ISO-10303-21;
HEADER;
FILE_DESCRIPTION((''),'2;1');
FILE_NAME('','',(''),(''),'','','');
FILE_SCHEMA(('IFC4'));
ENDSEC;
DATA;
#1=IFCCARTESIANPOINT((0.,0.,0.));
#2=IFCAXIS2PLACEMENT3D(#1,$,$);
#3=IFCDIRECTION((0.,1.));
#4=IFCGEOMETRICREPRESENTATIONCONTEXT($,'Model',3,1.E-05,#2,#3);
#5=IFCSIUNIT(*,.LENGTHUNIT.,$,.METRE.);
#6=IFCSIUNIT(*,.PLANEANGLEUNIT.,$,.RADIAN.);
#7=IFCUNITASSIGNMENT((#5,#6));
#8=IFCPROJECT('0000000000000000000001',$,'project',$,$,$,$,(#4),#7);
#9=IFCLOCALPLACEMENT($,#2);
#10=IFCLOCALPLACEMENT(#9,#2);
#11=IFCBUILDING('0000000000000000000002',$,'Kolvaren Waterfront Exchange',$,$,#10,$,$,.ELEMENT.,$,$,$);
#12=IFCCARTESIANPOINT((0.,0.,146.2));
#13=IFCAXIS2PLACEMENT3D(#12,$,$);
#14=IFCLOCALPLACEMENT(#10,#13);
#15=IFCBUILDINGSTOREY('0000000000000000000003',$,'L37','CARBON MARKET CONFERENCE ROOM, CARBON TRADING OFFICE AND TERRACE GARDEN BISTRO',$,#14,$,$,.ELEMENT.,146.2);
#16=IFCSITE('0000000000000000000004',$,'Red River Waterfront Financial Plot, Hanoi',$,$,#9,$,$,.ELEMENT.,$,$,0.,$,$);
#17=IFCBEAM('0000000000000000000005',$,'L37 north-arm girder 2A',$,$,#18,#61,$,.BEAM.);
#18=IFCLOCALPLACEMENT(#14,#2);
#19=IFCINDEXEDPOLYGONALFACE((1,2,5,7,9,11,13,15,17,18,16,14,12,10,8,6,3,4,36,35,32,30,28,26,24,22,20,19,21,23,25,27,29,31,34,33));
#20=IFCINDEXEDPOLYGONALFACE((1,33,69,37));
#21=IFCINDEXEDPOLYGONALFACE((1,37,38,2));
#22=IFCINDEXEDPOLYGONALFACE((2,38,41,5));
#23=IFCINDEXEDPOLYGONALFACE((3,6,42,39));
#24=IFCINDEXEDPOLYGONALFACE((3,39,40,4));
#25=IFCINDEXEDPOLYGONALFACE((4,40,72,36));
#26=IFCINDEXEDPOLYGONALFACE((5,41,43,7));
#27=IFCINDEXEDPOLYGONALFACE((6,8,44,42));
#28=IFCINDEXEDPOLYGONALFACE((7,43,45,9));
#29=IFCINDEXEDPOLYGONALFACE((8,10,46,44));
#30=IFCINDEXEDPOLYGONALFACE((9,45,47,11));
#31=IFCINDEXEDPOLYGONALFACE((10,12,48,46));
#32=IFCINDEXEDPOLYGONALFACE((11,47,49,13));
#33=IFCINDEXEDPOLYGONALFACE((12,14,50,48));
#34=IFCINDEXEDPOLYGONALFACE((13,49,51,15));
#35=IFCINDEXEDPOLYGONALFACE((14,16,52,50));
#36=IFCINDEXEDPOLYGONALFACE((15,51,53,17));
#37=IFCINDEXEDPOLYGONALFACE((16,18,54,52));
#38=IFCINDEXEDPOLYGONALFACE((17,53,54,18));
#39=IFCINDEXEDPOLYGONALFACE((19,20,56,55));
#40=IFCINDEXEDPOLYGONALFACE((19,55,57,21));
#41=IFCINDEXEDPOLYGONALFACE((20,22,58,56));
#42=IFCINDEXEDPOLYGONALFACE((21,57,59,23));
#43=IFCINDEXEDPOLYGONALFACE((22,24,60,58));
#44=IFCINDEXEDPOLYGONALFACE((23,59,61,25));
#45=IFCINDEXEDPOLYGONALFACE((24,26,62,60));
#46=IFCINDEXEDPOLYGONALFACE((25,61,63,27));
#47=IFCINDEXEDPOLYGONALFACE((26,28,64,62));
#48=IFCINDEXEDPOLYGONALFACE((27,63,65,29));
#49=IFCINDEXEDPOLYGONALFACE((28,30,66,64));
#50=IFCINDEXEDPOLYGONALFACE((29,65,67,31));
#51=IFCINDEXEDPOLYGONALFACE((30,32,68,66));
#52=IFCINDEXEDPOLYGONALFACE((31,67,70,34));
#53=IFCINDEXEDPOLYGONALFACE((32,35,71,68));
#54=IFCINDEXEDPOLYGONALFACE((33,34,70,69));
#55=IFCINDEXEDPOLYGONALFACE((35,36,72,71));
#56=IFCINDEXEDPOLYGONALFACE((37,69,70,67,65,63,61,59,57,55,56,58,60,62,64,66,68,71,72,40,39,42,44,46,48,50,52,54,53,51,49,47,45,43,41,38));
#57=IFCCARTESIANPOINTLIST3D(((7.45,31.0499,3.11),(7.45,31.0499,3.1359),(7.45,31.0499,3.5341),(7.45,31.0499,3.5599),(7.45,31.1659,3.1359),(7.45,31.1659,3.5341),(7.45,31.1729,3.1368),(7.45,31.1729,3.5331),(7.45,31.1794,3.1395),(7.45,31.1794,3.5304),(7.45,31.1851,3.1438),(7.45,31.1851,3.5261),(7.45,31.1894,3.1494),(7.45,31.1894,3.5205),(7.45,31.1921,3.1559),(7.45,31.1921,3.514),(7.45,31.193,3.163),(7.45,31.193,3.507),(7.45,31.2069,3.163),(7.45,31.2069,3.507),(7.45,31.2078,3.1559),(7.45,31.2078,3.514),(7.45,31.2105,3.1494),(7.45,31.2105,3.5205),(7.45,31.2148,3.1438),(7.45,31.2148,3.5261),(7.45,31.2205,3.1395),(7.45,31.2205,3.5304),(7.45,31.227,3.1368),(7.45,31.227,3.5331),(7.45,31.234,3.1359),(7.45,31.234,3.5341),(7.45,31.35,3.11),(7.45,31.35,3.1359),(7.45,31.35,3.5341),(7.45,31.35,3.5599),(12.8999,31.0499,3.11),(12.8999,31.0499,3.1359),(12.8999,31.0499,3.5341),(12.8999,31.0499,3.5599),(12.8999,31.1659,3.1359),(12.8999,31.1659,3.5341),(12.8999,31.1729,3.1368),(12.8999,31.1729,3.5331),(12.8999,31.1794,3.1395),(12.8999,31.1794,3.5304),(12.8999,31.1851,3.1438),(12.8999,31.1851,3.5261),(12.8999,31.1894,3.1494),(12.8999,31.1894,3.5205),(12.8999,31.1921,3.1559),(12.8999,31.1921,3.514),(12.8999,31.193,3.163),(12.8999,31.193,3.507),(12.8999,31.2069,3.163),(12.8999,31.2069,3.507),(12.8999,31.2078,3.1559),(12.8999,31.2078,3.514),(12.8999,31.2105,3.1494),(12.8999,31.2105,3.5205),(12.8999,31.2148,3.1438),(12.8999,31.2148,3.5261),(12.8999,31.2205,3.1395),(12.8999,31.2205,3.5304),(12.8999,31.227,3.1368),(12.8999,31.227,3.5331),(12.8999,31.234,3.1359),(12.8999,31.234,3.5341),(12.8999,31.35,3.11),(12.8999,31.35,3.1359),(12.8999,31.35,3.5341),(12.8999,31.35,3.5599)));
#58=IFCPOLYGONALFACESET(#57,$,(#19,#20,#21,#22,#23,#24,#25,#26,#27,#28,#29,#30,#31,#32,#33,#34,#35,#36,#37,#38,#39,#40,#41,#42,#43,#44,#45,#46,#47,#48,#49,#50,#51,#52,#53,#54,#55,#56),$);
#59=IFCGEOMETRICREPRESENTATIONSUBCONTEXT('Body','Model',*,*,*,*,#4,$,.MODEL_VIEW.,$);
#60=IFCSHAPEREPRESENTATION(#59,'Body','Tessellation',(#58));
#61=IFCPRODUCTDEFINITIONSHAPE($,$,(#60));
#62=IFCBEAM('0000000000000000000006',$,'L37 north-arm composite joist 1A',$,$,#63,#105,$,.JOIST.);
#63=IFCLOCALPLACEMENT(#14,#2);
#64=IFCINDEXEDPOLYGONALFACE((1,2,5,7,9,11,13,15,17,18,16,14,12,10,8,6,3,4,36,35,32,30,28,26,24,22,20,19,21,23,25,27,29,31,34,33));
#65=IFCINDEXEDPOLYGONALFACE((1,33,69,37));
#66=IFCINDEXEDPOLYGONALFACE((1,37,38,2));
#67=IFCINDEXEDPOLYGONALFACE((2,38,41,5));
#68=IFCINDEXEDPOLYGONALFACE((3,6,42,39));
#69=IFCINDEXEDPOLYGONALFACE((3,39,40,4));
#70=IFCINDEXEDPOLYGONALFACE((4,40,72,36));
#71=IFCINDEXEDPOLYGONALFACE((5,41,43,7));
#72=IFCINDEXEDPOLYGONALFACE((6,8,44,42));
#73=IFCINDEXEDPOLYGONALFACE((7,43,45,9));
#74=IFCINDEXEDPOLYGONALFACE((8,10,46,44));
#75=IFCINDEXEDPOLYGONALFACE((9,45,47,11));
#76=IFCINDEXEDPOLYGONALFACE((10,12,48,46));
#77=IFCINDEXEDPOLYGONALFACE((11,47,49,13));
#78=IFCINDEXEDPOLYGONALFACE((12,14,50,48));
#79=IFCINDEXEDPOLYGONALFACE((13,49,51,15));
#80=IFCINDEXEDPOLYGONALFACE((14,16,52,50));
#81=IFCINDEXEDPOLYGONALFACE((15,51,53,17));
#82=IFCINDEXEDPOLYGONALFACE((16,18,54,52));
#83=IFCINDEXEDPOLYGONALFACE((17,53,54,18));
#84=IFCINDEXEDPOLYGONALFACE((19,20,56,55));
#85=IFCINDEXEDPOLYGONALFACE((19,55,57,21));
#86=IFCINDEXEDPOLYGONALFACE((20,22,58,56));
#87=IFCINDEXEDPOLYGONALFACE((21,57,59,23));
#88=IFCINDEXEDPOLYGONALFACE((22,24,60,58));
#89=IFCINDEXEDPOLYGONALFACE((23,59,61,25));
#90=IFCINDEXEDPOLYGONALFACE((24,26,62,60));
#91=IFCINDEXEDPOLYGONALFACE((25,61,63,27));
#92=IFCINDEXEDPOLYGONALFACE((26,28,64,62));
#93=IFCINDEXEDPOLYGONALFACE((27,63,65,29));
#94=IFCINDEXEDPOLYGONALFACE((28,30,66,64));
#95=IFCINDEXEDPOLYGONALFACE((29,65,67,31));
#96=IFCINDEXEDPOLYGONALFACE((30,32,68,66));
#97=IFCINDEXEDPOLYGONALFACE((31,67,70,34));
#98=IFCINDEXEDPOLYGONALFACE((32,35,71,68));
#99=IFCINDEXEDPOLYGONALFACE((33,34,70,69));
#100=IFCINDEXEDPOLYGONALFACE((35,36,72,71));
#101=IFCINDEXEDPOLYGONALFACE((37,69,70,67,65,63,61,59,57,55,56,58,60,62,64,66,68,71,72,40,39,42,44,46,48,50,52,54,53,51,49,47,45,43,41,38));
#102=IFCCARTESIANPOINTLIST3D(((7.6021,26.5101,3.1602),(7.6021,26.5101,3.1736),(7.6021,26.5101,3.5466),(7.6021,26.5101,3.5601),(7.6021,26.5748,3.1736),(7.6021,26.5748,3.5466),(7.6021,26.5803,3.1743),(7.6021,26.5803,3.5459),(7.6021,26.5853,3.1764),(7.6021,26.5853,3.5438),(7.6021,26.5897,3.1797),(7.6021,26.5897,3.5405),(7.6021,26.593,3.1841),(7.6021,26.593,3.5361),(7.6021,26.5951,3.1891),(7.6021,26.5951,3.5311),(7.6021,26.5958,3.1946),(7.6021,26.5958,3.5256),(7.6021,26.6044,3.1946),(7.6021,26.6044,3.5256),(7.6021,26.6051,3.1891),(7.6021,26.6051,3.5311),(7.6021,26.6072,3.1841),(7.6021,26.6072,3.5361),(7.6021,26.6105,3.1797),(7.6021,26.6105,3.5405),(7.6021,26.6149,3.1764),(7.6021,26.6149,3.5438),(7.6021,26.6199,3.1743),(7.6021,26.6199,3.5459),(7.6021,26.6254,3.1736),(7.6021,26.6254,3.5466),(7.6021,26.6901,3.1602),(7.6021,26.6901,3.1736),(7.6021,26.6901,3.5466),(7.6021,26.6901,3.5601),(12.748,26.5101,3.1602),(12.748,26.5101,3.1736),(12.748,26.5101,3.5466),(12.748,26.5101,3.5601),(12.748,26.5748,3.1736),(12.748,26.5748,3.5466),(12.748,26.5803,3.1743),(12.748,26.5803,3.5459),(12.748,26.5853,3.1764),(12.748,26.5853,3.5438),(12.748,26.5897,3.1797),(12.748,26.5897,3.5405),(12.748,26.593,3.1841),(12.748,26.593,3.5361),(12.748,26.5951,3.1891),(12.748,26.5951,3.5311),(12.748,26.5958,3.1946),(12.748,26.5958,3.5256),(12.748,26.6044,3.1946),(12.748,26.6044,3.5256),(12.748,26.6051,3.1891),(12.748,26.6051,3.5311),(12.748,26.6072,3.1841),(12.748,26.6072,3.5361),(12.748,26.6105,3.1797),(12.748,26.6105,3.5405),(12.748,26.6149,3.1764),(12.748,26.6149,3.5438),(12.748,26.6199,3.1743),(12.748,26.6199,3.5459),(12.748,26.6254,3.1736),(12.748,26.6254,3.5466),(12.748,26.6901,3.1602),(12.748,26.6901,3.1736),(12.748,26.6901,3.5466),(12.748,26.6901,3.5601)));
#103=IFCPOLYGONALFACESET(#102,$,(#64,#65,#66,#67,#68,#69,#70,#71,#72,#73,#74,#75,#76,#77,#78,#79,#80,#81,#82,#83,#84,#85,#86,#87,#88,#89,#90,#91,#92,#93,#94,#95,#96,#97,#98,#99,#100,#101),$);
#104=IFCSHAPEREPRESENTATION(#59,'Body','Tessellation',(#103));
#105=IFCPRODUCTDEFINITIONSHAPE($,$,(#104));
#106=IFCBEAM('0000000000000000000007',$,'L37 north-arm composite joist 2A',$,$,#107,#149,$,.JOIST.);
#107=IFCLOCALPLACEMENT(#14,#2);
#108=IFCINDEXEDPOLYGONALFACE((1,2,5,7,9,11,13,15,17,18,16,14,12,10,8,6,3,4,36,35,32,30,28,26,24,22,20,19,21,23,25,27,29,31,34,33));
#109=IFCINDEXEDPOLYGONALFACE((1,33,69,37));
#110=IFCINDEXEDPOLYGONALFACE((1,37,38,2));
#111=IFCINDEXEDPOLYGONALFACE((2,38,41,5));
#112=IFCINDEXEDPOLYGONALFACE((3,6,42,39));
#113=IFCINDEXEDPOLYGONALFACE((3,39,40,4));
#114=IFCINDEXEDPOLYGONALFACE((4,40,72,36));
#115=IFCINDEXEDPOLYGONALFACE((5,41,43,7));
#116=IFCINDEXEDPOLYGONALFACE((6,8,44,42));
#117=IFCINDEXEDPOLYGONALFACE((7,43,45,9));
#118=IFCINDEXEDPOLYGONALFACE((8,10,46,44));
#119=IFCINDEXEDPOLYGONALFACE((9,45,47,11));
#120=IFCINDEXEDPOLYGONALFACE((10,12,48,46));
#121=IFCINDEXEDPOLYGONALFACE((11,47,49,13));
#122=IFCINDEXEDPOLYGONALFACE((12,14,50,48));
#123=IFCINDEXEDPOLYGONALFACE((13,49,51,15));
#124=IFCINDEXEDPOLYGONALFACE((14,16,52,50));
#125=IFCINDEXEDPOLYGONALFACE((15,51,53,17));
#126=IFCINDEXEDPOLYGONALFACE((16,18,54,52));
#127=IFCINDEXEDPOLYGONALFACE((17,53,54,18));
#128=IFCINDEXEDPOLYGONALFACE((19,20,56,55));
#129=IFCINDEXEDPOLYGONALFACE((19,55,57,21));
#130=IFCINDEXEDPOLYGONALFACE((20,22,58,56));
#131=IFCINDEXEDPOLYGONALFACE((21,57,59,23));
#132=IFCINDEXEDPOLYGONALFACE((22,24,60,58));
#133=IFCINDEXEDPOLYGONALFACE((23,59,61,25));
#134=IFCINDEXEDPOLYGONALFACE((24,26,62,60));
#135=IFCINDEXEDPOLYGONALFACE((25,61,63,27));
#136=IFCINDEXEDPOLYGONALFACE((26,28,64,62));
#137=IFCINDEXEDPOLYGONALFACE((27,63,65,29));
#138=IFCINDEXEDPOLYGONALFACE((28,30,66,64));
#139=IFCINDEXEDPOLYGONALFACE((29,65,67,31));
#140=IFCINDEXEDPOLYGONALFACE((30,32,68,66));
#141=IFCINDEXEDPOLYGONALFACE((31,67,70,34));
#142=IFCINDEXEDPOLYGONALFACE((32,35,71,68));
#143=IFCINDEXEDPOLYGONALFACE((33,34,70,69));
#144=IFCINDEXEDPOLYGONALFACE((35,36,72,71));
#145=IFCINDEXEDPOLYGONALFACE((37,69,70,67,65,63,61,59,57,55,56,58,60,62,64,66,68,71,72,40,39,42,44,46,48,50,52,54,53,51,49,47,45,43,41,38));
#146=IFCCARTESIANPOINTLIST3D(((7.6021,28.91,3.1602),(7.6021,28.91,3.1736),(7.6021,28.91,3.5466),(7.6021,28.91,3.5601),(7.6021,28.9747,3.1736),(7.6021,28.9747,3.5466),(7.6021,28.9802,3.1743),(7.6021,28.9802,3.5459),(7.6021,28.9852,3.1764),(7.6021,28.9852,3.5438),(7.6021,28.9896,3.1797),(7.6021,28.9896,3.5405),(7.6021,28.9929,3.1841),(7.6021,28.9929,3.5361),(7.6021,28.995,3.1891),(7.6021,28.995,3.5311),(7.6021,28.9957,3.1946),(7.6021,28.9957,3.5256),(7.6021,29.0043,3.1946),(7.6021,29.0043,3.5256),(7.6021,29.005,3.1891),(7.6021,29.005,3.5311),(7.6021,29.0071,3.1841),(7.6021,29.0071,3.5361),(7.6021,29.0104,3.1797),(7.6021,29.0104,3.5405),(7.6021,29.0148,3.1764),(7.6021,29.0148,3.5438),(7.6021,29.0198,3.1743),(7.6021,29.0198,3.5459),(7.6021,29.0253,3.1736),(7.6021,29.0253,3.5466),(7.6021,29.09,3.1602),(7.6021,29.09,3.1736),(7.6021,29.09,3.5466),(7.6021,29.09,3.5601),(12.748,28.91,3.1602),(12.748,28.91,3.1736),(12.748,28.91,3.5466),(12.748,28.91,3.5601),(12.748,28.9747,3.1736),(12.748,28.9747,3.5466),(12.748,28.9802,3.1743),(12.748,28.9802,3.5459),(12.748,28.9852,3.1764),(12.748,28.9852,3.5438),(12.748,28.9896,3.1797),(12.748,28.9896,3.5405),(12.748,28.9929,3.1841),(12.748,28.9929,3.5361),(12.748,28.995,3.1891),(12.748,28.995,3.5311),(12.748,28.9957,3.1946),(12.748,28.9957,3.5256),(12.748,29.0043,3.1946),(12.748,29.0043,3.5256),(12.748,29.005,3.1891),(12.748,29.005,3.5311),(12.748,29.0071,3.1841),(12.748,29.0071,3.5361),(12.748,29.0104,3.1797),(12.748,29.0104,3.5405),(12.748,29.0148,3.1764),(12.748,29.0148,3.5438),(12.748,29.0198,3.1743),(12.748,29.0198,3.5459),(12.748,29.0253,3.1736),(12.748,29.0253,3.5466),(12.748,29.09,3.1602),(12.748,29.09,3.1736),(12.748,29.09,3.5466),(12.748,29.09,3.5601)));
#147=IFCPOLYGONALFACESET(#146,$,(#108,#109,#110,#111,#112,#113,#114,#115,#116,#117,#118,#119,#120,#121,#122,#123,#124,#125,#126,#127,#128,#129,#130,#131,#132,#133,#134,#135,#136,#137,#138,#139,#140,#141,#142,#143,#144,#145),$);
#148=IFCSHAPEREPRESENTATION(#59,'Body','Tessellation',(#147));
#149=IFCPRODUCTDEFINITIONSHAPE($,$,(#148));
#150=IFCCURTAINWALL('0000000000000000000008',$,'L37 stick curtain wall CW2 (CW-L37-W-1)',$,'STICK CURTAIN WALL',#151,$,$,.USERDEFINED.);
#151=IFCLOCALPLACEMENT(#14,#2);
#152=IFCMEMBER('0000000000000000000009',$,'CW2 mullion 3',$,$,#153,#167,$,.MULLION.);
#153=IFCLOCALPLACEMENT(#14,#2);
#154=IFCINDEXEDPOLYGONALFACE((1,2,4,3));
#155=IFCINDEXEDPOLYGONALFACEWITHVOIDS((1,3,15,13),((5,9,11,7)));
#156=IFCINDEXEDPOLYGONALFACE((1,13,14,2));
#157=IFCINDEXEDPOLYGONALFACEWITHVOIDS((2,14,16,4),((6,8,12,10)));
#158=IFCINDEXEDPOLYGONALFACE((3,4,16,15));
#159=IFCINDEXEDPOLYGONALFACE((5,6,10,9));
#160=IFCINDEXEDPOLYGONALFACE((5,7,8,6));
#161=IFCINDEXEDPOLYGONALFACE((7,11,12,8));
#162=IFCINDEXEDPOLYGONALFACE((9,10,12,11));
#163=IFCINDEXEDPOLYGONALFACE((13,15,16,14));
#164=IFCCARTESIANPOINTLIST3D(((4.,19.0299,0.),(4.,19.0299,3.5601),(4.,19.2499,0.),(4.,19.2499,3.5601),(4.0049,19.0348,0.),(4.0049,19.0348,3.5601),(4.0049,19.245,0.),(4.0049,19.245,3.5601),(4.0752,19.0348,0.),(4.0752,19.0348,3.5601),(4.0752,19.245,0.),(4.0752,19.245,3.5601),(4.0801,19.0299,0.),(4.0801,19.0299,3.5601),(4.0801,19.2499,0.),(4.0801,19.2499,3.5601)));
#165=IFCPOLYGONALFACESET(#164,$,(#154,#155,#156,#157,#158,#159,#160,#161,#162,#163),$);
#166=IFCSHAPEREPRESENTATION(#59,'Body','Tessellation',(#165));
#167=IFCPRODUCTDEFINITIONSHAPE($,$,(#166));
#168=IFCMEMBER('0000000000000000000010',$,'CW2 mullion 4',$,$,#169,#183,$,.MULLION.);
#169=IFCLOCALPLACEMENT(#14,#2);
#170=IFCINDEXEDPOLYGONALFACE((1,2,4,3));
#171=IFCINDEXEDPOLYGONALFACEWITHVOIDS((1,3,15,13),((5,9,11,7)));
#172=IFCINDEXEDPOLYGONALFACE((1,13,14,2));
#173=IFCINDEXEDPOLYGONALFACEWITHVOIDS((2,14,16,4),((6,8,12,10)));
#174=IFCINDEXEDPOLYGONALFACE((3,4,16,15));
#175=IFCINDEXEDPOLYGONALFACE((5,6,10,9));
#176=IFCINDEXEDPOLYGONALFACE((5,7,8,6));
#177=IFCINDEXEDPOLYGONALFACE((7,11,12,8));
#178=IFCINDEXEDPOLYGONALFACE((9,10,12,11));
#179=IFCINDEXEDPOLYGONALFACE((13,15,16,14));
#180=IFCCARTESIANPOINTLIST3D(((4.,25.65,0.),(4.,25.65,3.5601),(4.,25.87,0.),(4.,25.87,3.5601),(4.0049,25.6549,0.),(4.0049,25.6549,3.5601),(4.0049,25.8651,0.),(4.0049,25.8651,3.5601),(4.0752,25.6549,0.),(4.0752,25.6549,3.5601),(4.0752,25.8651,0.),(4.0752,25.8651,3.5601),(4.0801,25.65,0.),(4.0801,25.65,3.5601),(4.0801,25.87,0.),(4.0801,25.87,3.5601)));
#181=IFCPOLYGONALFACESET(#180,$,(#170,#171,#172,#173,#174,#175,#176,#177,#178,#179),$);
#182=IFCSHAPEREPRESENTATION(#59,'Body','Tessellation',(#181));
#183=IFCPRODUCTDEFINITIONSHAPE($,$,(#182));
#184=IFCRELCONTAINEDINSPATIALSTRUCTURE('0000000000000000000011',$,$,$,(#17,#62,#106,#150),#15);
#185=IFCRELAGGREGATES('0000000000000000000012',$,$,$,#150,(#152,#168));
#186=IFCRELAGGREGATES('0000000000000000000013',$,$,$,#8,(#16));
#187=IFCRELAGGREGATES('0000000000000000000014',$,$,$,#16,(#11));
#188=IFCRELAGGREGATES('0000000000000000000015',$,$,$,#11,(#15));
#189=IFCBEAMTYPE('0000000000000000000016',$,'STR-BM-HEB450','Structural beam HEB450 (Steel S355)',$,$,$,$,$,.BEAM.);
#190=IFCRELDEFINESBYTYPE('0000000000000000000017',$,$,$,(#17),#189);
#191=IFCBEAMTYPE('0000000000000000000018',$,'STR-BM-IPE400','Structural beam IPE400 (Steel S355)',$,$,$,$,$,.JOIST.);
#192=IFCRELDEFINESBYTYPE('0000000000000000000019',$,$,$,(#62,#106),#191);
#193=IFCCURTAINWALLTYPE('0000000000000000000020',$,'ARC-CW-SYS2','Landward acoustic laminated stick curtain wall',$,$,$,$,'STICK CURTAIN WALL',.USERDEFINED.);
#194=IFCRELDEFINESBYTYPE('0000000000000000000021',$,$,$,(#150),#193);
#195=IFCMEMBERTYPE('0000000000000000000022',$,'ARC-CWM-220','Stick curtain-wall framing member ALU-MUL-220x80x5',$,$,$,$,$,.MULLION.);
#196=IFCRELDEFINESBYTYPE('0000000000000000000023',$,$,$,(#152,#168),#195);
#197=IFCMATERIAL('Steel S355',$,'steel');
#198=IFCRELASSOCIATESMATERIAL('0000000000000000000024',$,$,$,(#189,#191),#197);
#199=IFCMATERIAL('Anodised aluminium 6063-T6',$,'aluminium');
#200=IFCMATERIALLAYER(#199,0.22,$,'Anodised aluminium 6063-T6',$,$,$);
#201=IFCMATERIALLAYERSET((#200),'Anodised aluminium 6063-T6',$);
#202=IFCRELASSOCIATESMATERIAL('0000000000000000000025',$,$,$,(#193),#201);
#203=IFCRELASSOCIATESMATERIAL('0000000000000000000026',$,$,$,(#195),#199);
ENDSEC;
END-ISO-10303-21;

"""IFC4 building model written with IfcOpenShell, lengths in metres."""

from ifc_helpers import new_model, si_unit, direction, frame, origin, origin_with_axes, origin_2d, place, context, subcontext, project, spatial, hollow_rectangle, i_section, extrude, source, transform, mapped, material, layer, layer_set, material_profile, profile_set, type_object, element, aggregate, save


model = new_model("IFC4")

# Units and contexts
model_context = context("Model", 3, precision=1e-05, world=origin(), true_north=direction((0.0, 1.0)))
body_context = subcontext(model_context, "Body", "Model", "MODEL_VIEW")
ifc_project = project(units=[si_unit("LENGTHUNIT", "METRE"), si_unit("PLANEANGLEUNIT", "RADIAN")], contexts=[model_context])

# Site, building, storey
site_placement = place(None, origin())
site = spatial("IfcSite", under=ifc_project, at=site_placement, Name="Red River Waterfront Financial Plot, Hanoi", CompositionType="ELEMENT", RefElevation=0.0)
building_placement = place(site_placement, origin())
building = spatial("IfcBuilding", under=site, at=building_placement, Name="Kolvaren Waterfront Exchange", CompositionType="ELEMENT")
storey_placement = place(building_placement, frame((0.0, 0.0, 146.2)))
storey = spatial("IfcBuildingStorey", under=building, at=storey_placement, Name="L37", Description="CARBON MARKET CONFERENCE ROOM, CARBON TRADING OFFICE AND TERRACE GARDEN BISTRO", CompositionType="ELEMENT", Elevation=146.2)

# Beams
ifc_material_1 = material(Name="Steel S355", Category="steel")
ifc_material_profile_1 = material_profile(ifc_material_1, i_section(OverallWidth=0.3, OverallDepth=0.45, WebThickness=0.0139, FlangeThickness=0.0259, FilletRadius=0.0271, at=origin_2d()), Name="HEB450")
ifc_profile_set_1 = profile_set([ifc_material_profile_1], Name="Steel S355")
beam_type_1 = type_object("IfcBeamType", Name="STR-BM-HEB450", Description="Structural beam HEB450 (Steel S355)", PredefinedType="BEAM", material=ifc_profile_set_1)
for number, where, z_axis, x_axis, name in (
    (1, (7.45, 31.2, 3.335), (1.0, 0.0, 0.0), (0.0, 1.0, 0.0), "L37 north-arm girder 2A"),
):
    element("IfcBeam", number, at=place(storey_placement, frame(where, z_axis=z_axis, x_axis=x_axis)), inside=storey, type_object=beam_type_1, Name=name, PredefinedType="BEAM", context=body_context, shape_type="SweptSolid", body=[
        extrude(i_section(OverallWidth=0.3, OverallDepth=0.45, WebThickness=0.0139, FlangeThickness=0.0259, FilletRadius=0.0271, at=origin_2d()), origin(), (0.0, 0.0, 1.0), 5.45),
    ])
ifc_material_profile_2 = material_profile(ifc_material_1, i_section(OverallWidth=0.1799, OverallDepth=0.3999, WebThickness=0.0085, FlangeThickness=0.0134, FilletRadius=0.021, at=origin_2d()), Name="IPE400")
ifc_profile_set_2 = profile_set([ifc_material_profile_2], Name="Steel S355")
beam_type_2 = type_object("IfcBeamType", Name="STR-BM-IPE400", Description="Structural beam IPE400 (Steel S355)", PredefinedType="JOIST", material=ifc_profile_set_2)
for number, where, z_axis, x_axis, name in (
    (2, (7.6021, 26.6001, 3.3601), (1.0, 0.0, 0.0), (0.0, 1.0, 0.0), "L37 north-arm composite joist 1A"),
    (3, (7.6021, 29.0, 3.3601), (1.0, 0.0, 0.0), (0.0, 1.0, 0.0), "L37 north-arm composite joist 2A"),
):
    element("IfcBeam", number, at=place(storey_placement, frame(where, z_axis=z_axis, x_axis=x_axis)), inside=storey, type_object=beam_type_2, Name=name, PredefinedType="JOIST", context=body_context, shape_type="SweptSolid", body=[
        extrude(i_section(OverallWidth=0.1799, OverallDepth=0.3999, WebThickness=0.0085, FlangeThickness=0.0134, FilletRadius=0.021, at=origin_2d()), origin(), (0.0, 0.0, 1.0), 5.146),
    ])

# Curtain wall, members
ifc_material_2 = material(Name="Anodised aluminium 6063-T6", Category="aluminium")
ifc_layer_1 = layer(ifc_material_2, 0.22, Name="Anodised aluminium 6063-T6")
ifc_layer_set_1 = layer_set([ifc_layer_1], Name="Anodised aluminium 6063-T6")
curtain_wall_type = type_object("IfcCurtainWallType", Name="ARC-CW-SYS2", Description="Landward acoustic laminated stick curtain wall", ElementType="STICK CURTAIN WALL", PredefinedType="USERDEFINED", material=ifc_layer_set_1)
curtain_wall_placement = place(storey_placement, origin())
curtain_wall = element("IfcCurtainWall", 4, at=curtain_wall_placement, inside=storey, type_object=curtain_wall_type, Name="L37 stick curtain wall CW2 (CW-L37-W-1)", ObjectType="STICK CURTAIN WALL", PredefinedType="USERDEFINED")
ifc_material_profile_3 = material_profile(ifc_material_2, hollow_rectangle(XDim=0.0801, YDim=0.22, WallThickness=0.0049, at=origin_2d()), Name="ALU-MUL-220x80x5")
ifc_profile_set_3 = profile_set([ifc_material_profile_3], Name="Anodised aluminium 6063-T6")
member_type_1 = type_object("IfcMemberType", Name="ARC-CWM-220", Description="Stick curtain-wall framing member ALU-MUL-220x80x5", PredefinedType="MULLION", material=ifc_profile_set_3)
shared_shape_1 = source(origin_with_axes(), body_context, "Body", "SweptSolid", [
    extrude(hollow_rectangle(XDim=0.0801, YDim=0.22, WallThickness=0.0049, at=origin_2d()), origin(), (0.0, 0.0, 1.0), 3.5601),
])
member_1_placement = place(storey_placement, frame((4.04, 19.1399, 0.0), z_axis=(0.0, 0.0, 1.0), x_axis=(-1.0, 0.0, 0.0)))
member_1 = element("IfcMember", 5, at=member_1_placement, type_object=member_type_1, Name="CW2 mullion 3", PredefinedType="MULLION", context=body_context, shape_type="MappedRepresentation", body=[
    mapped(shared_shape_1, transform((0.0, 0.0, 0.0), x_axis=(1.0, 0.0, 0.0), y_axis=(0.0, 1.0, 0.0), z_axis=(0.0, 0.0, 1.0), scale=1.0)),
])
member_2_placement = place(storey_placement, frame((4.04, 25.76, 0.0), z_axis=(0.0, 0.0, 1.0), x_axis=(-1.0, 0.0, 0.0)))
member_2 = element("IfcMember", 6, at=member_2_placement, type_object=member_type_1, Name="CW2 mullion 4", PredefinedType="MULLION", context=body_context, shape_type="MappedRepresentation", body=[
    mapped(shared_shape_1, transform((0.0, 0.0, 0.0), x_axis=(1.0, 0.0, 0.0), y_axis=(0.0, 1.0, 0.0), z_axis=(0.0, 0.0, 1.0), scale=1.0)),
])
aggregate(curtain_wall, [member_1, member_2])

save(model, "model.ifc")
